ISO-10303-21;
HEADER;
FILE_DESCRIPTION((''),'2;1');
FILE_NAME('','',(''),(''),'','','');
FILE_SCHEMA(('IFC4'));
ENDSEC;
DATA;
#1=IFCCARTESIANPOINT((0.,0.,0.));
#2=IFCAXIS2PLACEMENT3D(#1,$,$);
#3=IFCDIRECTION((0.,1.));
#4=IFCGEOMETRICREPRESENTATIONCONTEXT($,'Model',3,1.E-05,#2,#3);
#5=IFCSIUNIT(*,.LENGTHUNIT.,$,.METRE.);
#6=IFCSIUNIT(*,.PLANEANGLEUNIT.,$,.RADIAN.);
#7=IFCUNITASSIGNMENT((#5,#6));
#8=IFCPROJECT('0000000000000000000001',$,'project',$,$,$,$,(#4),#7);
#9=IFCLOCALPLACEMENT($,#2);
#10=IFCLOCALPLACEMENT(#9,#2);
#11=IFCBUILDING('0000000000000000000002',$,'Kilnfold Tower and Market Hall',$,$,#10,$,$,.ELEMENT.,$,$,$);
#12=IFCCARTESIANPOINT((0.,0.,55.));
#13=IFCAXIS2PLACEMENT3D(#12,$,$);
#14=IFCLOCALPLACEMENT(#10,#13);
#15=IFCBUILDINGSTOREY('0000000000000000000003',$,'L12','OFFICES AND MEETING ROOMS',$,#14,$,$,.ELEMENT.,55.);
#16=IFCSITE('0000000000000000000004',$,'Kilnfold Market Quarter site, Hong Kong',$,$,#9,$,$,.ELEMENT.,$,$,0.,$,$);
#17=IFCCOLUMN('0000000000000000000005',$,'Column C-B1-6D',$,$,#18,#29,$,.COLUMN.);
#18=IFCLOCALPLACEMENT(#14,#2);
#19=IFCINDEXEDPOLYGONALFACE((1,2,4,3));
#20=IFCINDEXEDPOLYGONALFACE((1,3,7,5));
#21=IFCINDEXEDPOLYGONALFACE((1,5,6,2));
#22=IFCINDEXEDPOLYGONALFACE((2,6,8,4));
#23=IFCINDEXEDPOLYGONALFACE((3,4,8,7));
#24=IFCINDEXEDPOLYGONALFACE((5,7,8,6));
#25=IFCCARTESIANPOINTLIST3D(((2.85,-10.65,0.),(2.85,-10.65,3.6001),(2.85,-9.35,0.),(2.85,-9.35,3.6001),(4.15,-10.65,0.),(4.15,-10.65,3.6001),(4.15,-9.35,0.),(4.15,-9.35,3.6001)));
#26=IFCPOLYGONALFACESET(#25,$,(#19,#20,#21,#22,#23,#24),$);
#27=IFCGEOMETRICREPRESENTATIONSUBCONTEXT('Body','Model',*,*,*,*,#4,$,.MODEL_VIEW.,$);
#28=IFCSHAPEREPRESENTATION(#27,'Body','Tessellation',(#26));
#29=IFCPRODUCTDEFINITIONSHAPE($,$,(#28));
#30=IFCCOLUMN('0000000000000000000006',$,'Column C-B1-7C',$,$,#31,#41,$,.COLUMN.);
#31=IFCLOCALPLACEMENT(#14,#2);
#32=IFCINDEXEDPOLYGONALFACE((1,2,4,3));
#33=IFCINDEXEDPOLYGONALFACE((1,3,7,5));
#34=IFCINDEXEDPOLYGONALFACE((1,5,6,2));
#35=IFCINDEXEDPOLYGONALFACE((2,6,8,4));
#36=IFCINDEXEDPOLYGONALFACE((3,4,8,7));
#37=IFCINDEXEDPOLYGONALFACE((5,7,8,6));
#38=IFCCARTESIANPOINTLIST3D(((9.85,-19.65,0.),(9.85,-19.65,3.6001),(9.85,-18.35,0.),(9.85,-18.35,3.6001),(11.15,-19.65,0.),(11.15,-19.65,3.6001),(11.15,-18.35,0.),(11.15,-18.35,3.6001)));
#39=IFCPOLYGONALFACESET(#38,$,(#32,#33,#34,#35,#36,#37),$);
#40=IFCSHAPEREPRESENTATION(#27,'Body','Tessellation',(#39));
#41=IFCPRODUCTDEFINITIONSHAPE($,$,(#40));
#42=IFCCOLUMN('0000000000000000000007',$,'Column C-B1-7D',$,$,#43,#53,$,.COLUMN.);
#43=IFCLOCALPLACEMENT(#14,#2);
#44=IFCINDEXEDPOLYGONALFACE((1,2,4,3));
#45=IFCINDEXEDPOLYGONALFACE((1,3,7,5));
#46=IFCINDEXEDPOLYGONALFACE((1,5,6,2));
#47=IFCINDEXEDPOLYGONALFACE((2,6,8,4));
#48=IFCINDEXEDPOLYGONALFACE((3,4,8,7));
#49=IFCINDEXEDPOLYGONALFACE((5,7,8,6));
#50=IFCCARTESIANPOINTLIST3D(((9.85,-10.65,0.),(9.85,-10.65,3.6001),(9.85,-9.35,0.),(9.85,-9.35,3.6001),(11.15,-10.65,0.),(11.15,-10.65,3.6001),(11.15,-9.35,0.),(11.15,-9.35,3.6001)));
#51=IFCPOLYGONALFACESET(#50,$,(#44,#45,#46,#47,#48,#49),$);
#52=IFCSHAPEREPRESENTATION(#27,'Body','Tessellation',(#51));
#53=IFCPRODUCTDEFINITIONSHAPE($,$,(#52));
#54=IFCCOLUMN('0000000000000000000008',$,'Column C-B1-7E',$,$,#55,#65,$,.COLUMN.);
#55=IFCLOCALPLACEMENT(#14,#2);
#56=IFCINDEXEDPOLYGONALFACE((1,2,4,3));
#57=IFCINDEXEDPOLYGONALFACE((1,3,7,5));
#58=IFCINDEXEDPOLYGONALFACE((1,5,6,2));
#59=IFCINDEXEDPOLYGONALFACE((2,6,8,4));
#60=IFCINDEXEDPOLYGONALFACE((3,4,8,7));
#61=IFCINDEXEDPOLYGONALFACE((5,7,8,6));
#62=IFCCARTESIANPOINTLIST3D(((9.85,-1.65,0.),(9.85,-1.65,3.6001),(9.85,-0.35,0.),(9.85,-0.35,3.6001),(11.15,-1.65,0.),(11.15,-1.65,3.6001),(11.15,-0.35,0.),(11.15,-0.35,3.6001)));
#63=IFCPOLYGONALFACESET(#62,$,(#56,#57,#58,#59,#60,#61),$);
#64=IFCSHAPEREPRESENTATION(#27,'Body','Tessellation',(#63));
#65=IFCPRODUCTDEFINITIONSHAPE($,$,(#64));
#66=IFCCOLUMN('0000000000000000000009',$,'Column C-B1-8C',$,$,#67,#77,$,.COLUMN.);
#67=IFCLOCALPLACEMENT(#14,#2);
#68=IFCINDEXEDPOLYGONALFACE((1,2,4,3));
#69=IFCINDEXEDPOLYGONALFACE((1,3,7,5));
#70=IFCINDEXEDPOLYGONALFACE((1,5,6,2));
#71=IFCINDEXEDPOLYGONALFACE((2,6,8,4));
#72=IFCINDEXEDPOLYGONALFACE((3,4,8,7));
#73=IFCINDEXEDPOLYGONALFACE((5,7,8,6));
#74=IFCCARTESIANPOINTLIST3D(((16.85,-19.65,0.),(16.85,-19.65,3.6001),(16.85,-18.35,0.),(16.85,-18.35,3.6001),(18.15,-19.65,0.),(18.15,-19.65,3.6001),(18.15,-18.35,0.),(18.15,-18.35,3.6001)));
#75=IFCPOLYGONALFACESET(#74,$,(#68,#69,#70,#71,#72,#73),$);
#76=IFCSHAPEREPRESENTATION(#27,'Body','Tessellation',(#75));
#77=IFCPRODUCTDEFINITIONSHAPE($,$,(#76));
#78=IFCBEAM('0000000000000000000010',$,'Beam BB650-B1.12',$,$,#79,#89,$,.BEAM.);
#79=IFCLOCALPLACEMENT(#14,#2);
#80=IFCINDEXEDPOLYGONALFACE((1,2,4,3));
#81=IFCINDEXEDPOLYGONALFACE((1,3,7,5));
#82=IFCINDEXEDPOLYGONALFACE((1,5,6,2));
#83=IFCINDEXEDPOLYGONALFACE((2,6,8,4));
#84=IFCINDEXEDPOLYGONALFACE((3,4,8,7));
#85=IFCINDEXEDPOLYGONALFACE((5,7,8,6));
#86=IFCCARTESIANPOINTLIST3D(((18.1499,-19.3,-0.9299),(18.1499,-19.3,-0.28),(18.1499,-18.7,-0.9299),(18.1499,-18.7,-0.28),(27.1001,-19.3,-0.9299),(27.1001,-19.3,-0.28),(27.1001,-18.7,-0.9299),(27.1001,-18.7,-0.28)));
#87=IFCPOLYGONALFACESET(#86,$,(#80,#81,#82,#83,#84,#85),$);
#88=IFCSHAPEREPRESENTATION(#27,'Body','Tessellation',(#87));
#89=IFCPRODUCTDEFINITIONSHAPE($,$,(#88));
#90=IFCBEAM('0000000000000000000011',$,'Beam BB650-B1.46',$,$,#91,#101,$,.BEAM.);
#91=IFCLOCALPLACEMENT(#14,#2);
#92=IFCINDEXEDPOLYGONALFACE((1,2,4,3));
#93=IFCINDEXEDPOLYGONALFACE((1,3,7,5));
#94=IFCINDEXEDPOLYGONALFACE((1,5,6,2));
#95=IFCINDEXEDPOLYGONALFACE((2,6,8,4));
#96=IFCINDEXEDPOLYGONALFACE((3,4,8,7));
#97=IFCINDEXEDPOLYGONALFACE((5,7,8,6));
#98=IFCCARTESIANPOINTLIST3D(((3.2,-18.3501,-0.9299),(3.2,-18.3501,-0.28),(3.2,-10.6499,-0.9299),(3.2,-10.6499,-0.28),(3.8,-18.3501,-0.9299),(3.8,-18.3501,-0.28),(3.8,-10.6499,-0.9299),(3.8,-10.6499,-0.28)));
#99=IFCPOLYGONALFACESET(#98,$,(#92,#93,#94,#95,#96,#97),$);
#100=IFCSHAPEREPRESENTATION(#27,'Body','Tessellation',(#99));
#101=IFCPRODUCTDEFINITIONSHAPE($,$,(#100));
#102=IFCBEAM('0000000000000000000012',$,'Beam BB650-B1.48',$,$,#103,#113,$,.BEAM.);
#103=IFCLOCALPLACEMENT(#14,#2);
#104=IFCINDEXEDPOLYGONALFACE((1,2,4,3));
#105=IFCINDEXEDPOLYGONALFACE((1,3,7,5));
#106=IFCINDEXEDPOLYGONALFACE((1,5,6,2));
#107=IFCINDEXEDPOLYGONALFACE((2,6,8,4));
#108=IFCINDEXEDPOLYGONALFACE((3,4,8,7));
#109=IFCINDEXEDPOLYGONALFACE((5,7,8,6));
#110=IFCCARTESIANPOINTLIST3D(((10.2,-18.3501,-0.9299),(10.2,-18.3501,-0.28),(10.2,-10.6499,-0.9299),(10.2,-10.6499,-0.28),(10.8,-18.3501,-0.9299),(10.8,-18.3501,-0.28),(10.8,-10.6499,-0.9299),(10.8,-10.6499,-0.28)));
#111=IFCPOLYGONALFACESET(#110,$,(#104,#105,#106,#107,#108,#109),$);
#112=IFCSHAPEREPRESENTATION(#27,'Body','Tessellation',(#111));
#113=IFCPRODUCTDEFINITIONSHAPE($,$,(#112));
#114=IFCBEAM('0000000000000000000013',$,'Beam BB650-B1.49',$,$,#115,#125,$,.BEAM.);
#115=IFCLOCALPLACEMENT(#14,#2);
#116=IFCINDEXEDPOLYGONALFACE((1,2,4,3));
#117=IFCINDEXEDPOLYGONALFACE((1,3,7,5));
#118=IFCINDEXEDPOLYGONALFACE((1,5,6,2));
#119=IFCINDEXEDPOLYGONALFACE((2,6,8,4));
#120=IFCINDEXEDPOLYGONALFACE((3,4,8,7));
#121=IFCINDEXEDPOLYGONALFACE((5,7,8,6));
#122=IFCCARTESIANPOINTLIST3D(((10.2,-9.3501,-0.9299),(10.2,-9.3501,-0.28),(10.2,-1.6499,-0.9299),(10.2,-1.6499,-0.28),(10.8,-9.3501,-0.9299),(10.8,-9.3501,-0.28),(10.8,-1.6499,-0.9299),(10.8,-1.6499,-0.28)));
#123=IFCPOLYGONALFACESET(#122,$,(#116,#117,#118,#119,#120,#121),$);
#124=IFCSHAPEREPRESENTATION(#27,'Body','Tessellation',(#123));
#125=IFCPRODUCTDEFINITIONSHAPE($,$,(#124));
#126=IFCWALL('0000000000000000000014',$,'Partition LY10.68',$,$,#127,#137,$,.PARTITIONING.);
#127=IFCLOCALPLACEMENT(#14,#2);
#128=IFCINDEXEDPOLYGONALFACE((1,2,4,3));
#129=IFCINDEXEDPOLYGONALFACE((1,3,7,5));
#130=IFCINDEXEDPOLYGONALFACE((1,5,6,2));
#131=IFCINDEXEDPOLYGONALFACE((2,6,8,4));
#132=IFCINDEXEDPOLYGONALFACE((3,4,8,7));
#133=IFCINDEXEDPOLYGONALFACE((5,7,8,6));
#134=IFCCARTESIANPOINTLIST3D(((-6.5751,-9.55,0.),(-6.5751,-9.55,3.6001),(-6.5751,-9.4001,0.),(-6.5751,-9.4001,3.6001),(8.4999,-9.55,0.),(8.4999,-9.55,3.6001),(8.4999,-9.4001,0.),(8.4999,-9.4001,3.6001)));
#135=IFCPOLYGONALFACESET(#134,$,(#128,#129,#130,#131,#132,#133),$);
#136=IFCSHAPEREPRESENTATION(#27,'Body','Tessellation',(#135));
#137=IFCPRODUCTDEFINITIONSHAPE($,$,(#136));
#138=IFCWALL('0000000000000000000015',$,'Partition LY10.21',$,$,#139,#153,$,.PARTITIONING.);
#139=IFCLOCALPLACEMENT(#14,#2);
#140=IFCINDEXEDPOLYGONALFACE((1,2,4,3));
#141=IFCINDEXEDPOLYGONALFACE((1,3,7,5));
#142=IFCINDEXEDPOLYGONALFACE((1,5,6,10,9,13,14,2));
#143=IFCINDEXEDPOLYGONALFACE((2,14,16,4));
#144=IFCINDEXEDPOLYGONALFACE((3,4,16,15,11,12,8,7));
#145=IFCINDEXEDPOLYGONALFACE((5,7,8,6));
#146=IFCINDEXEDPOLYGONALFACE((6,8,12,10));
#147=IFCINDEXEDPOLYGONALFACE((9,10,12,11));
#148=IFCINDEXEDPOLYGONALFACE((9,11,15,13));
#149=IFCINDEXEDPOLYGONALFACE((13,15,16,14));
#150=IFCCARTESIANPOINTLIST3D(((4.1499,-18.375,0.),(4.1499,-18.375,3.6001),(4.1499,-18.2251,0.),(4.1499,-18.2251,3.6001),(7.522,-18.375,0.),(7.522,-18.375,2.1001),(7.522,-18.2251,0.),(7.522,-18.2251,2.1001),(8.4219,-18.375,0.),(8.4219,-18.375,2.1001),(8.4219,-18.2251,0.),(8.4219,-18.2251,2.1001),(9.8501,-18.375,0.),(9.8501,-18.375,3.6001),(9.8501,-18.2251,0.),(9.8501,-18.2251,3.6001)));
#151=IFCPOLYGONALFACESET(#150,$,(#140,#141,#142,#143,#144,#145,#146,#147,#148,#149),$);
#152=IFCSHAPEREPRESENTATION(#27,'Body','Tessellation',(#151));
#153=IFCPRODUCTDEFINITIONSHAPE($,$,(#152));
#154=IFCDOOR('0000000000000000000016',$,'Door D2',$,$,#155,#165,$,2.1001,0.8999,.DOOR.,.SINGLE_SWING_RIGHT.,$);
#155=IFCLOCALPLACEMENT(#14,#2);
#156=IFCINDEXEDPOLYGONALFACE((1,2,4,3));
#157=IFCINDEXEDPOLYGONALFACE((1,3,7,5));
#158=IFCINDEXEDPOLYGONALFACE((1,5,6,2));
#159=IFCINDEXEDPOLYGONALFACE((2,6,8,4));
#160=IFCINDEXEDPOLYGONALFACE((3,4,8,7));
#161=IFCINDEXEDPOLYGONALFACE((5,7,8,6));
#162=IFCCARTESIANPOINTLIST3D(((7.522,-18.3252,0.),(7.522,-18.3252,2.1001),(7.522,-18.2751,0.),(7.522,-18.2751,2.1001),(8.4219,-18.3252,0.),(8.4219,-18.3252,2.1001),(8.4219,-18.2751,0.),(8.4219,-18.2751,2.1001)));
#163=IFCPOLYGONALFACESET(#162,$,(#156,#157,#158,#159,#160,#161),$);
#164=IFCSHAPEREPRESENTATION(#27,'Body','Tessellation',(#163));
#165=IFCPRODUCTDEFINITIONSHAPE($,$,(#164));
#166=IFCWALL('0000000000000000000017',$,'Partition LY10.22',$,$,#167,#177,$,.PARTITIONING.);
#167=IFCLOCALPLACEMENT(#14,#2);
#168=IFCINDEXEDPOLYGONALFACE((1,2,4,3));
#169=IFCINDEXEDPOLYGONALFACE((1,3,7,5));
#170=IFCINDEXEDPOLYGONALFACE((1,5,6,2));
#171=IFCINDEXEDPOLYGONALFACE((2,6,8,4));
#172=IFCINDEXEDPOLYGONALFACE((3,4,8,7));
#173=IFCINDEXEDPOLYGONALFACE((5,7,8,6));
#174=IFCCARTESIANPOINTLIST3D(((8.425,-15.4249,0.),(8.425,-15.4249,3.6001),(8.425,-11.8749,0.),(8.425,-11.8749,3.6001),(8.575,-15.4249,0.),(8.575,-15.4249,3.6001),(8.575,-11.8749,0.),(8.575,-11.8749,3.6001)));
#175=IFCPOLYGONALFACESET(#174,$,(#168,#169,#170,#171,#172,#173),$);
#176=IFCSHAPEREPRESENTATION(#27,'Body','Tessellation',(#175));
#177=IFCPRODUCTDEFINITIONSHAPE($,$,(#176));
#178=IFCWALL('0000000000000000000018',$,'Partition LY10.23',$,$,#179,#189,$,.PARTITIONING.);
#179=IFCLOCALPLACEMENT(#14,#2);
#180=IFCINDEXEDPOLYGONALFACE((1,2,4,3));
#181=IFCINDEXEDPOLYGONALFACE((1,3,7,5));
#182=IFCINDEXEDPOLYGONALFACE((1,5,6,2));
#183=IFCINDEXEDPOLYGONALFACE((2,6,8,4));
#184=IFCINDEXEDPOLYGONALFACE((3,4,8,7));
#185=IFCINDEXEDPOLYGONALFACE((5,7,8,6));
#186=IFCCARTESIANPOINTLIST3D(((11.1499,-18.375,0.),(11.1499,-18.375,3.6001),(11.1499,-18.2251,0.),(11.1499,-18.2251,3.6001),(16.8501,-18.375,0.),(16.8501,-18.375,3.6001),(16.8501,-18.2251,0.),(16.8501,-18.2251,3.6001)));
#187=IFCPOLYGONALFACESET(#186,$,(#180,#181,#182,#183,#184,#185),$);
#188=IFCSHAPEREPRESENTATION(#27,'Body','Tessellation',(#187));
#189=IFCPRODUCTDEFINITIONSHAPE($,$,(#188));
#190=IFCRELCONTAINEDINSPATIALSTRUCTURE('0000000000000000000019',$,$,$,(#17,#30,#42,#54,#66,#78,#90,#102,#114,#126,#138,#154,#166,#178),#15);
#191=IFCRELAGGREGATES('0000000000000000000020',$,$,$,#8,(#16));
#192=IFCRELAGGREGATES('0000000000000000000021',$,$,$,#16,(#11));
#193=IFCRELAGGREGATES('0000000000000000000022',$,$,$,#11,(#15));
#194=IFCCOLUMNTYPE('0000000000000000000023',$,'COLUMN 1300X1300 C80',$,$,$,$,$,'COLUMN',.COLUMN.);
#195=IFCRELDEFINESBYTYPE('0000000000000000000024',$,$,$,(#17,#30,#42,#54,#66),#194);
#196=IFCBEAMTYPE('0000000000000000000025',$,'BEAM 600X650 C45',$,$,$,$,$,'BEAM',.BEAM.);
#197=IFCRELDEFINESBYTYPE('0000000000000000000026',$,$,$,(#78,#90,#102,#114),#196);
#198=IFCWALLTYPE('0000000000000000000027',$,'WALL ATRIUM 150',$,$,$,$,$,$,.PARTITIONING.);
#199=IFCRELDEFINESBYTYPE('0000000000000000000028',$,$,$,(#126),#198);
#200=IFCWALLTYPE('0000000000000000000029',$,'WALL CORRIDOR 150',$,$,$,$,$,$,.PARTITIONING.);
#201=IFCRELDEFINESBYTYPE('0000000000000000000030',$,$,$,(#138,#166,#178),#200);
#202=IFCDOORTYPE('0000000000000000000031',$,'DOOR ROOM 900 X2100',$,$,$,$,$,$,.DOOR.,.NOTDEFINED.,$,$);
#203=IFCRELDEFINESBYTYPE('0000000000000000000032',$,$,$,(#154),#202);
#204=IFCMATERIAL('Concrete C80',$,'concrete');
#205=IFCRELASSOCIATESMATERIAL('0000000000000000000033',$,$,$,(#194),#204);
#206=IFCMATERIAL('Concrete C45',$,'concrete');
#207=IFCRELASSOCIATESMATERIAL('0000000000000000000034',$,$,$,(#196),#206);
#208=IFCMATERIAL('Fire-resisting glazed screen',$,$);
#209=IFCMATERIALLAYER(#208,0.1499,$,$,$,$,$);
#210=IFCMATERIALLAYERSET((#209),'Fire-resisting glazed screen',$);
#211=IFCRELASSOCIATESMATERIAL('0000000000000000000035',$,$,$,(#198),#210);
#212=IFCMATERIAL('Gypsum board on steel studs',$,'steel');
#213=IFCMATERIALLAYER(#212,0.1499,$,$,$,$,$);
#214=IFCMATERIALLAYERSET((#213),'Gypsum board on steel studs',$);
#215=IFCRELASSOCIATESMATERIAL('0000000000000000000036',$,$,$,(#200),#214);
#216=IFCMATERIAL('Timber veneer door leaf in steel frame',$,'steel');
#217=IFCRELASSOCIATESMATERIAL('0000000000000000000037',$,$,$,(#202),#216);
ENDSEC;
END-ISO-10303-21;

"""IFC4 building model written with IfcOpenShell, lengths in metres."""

from ifc_helpers import new_model, si_unit, direction, frame, frame_2d, origin, origin_2d, place, context, subcontext, project, spatial, rectangle, extrude, source, transform, mapped, material, layer, layer_set, material_profile, profile_set, type_object, element, fill, save


model = new_model("IFC4")

# Units and contexts
model_context = context("Model", 3, precision=1e-05, world=origin(), true_north=direction((0.0, 1.0)))
body_context = subcontext(model_context, "Body", "Model", "MODEL_VIEW")
ifc_project = project(units=[si_unit("LENGTHUNIT", "METRE"), si_unit("PLANEANGLEUNIT", "RADIAN")], contexts=[model_context])

# Site, building, storey
site_placement = place(None, origin())
site = spatial("IfcSite", under=ifc_project, at=site_placement, Name="Kilnfold Market Quarter site, Hong Kong", CompositionType="ELEMENT", RefElevation=0.0)
building_placement = place(site_placement, origin())
building = spatial("IfcBuilding", under=site, at=building_placement, Name="Kilnfold Tower and Market Hall", CompositionType="ELEMENT")
storey_placement = place(building_placement, frame((0.0, 0.0, 55.0)))
storey = spatial("IfcBuildingStorey", under=building, at=storey_placement, Name="L12", Description="OFFICES AND MEETING ROOMS", CompositionType="ELEMENT", Elevation=55.0)

# Columns
ifc_material_1 = material(Name="Concrete C80", Category="concrete")
ifc_material_profile_1 = material_profile(ifc_material_1, rectangle(XDim=1.3, YDim=1.3, at=origin_2d()), Name="RC 1300x1300")
ifc_profile_set_1 = profile_set([ifc_material_profile_1], Name="Concrete C80")
column_type = type_object("IfcColumnType", Name="COLUMN 1300X1300 C80", ElementType="COLUMN", PredefinedType="COLUMN", material=ifc_profile_set_1)
shared_shape_1 = source(origin(), body_context, "Body", "SweptSolid", [
    extrude(rectangle(XDim=1.3, YDim=1.3, at=origin_2d()), origin(), (0.0, 0.0, 1.0), 3.6001),
])
for number, where, z_axis, x_axis, name in (
    (1, (3.5, -10.0, 0.0), (0.0, 0.0, 1.0), (1.0, 0.0, 0.0), "Column C-B1-6D"),
    (2, (10.5, -19.0, 0.0), (0.0, 0.0, 1.0), (1.0, 0.0, 0.0), "Column C-B1-7C"),
    (3, (10.5, -10.0, 0.0), (0.0, 0.0, 1.0), (1.0, 0.0, 0.0), "Column C-B1-7D"),
    (4, (10.5, -1.0, 0.0), (0.0, 0.0, 1.0), (1.0, 0.0, 0.0), "Column C-B1-7E"),
    (5, (17.5, -19.0, 0.0), (0.0, 0.0, 1.0), (1.0, 0.0, 0.0), "Column C-B1-8C"),
):
    element("IfcColumn", number, at=place(storey_placement, frame(where, z_axis=z_axis, x_axis=x_axis)), inside=storey, type_object=column_type, Name=name, PredefinedType="COLUMN", context=body_context, shape_type="MappedRepresentation", body=[
        mapped(shared_shape_1, transform((0.0, 0.0, 0.0))),
    ])

# Beams
ifc_material_2 = material(Name="Concrete C45", Category="concrete")
ifc_material_profile_2 = material_profile(ifc_material_2, rectangle(XDim=0.6001, YDim=0.6499, at=origin_2d()), Name="RC 600x650")
ifc_profile_set_2 = profile_set([ifc_material_profile_2], Name="Concrete C45")
beam_type = type_object("IfcBeamType", Name="BEAM 600X650 C45", ElementType="BEAM", PredefinedType="BEAM", material=ifc_profile_set_2)
shared_shape_2 = source(origin(), body_context, "Body", "SweptSolid", [
    extrude(rectangle(XDim=0.6001, YDim=0.6499, at=origin_2d()), origin(), (0.0, 0.0, 1.0), 8.9502),
])
beam_placement = place(storey_placement, frame((18.1499, -19.0, -0.605), z_axis=(1.0, 0.0, 0.0), x_axis=(0.0, 1.0, 0.0)))
element("IfcBeam", 6, at=beam_placement, inside=storey, type_object=beam_type, Name="Beam BB650-B1.12", PredefinedType="BEAM", context=body_context, shape_type="MappedRepresentation", body=[
    mapped(shared_shape_2, transform((0.0, 0.0, 0.0))),
])
shared_shape_3 = source(origin(), body_context, "Body", "SweptSolid", [
    extrude(rectangle(XDim=0.6001, YDim=0.6499, at=origin_2d()), origin(), (0.0, 0.0, 1.0), 7.7002),
])
for number, where, z_axis, x_axis, name in (
    (7, (3.5, -18.3501, -0.605), (0.0, 1.0, 0.0), (-1.0, 0.0, 0.0), "Beam BB650-B1.46"),
    (8, (10.5, -18.3501, -0.605), (0.0, 1.0, 0.0), (-1.0, 0.0, 0.0), "Beam BB650-B1.48"),
    (9, (10.5, -9.3501, -0.605), (0.0, 1.0, 0.0), (-1.0, 0.0, 0.0), "Beam BB650-B1.49"),
):
    element("IfcBeam", number, at=place(storey_placement, frame(where, z_axis=z_axis, x_axis=x_axis)), inside=storey, type_object=beam_type, Name=name, PredefinedType="BEAM", context=body_context, shape_type="MappedRepresentation", body=[
        mapped(shared_shape_3, transform((0.0, 0.0, 0.0))),
    ])

# Wall
ifc_material_3 = material(Name="Fire-resisting glazed screen")
ifc_layer_1 = layer(ifc_material_3, 0.1499)
ifc_layer_set_1 = layer_set([ifc_layer_1], Name="Fire-resisting glazed screen")
wall_type_1 = type_object("IfcWallType", Name="WALL ATRIUM 150", PredefinedType="PARTITIONING", material=ifc_layer_set_1)
wall_1_placement = place(storey_placement, frame((8.5, -9.4751, 0.0), z_axis=(0.0, 0.0, 1.0), x_axis=(-1.0, 0.0, 0.0)))
element("IfcWall", 10, at=wall_1_placement, inside=storey, type_object=wall_type_1, Name="Partition LY10.68", PredefinedType="PARTITIONING", context=body_context, shape_type="SweptSolid", body=[
    extrude(rectangle(XDim=15.075, YDim=0.1499, at=frame_2d((7.5376, 0.0))), origin(), (0.0, 0.0, 1.0), 3.6001),
])

# Wall, opening, door
ifc_material_4 = material(Name="Gypsum board on steel studs", Category="steel")
ifc_layer_2 = layer(ifc_material_4, 0.1499)
ifc_layer_set_2 = layer_set([ifc_layer_2], Name="Gypsum board on steel studs")
wall_type_2 = type_object("IfcWallType", Name="WALL CORRIDOR 150", PredefinedType="PARTITIONING", material=ifc_layer_set_2)
wall_2_placement = place(storey_placement, frame((4.1499, -18.3, 0.0), z_axis=(0.0, 0.0, 1.0), x_axis=(1.0, 0.0, 0.0)))
wall_2 = element("IfcWall", 11, at=wall_2_placement, inside=storey, type_object=wall_type_2, Name="Partition LY10.21", PredefinedType="PARTITIONING", context=body_context, shape_type="SweptSolid", body=[
    extrude(rectangle(XDim=5.7002, YDim=0.1499, at=frame_2d((2.8501, 0.0))), origin(), (0.0, 0.0, 1.0), 3.6001),
])
opening_1_placement = place(wall_2_placement, frame((3.3721, 0.0, 0.0)))
opening_1 = element("IfcOpeningElement", 12, at=opening_1_placement, cuts=wall_2, PredefinedType="OPENING", context=body_context, shape_type="SweptSolid", body=[
    extrude(rectangle(XDim=0.8999, YDim=2.1001, at=frame_2d((0.45, 1.05))), frame((0.0, 0.085, 0.0), z_axis=(0.0, -1.0, 0.0), x_axis=(1.0, 0.0, 0.0)), (0.0, 0.0, 1.0), 0.1699),
])
ifc_material_5 = material(Name="Timber veneer door leaf in steel frame", Category="steel")
door_type_1 = type_object("IfcDoorType", Name="DOOR ROOM 900 X2100", OperationType="NOTDEFINED", PredefinedType="DOOR", material=ifc_material_5)
door_1_placement = place(opening_1_placement, origin())
door_1 = element("IfcDoor", 13, at=door_1_placement, inside=storey, type_object=door_type_1, Name="Door D2", OperationType="SINGLE_SWING_RIGHT", OverallHeight=2.1001, OverallWidth=0.8999, PredefinedType="DOOR", context=body_context, shape_type="SweptSolid", body=[
    extrude(rectangle(XDim=0.8999, YDim=2.1001, at=frame_2d((0.45, 1.05))), frame((0.0, 0.0249, 0.0), z_axis=(0.0, -1.0, 0.0), x_axis=(1.0, 0.0, 0.0)), (0.0, 0.0, 1.0), 0.05),
])
fill(opening_1, door_1)

# Walls
wall_3_placement = place(storey_placement, frame((8.5, -11.875, 0.0), z_axis=(0.0, 0.0, 1.0), x_axis=(0.0, -1.0, 0.0)))
element("IfcWall", 14, at=wall_3_placement, inside=storey, type_object=wall_type_2, Name="Partition LY10.22", PredefinedType="PARTITIONING", context=body_context, shape_type="SweptSolid", body=[
    extrude(rectangle(XDim=3.55, YDim=0.1499, at=frame_2d((1.7749, 0.0))), origin(), (0.0, 0.0, 1.0), 3.6001),
])
wall_4_placement = place(storey_placement, frame((11.1499, -18.3, 0.0), z_axis=(0.0, 0.0, 1.0), x_axis=(1.0, 0.0, 0.0)))
element("IfcWall", 15, at=wall_4_placement, inside=storey, type_object=wall_type_2, Name="Partition LY10.23", PredefinedType="PARTITIONING", context=body_context, shape_type="SweptSolid", body=[
    extrude(rectangle(XDim=5.7002, YDim=0.1499, at=frame_2d((2.8501, 0.0))), origin(), (0.0, 0.0, 1.0), 3.6001),
])

save(model, "model.ifc")
